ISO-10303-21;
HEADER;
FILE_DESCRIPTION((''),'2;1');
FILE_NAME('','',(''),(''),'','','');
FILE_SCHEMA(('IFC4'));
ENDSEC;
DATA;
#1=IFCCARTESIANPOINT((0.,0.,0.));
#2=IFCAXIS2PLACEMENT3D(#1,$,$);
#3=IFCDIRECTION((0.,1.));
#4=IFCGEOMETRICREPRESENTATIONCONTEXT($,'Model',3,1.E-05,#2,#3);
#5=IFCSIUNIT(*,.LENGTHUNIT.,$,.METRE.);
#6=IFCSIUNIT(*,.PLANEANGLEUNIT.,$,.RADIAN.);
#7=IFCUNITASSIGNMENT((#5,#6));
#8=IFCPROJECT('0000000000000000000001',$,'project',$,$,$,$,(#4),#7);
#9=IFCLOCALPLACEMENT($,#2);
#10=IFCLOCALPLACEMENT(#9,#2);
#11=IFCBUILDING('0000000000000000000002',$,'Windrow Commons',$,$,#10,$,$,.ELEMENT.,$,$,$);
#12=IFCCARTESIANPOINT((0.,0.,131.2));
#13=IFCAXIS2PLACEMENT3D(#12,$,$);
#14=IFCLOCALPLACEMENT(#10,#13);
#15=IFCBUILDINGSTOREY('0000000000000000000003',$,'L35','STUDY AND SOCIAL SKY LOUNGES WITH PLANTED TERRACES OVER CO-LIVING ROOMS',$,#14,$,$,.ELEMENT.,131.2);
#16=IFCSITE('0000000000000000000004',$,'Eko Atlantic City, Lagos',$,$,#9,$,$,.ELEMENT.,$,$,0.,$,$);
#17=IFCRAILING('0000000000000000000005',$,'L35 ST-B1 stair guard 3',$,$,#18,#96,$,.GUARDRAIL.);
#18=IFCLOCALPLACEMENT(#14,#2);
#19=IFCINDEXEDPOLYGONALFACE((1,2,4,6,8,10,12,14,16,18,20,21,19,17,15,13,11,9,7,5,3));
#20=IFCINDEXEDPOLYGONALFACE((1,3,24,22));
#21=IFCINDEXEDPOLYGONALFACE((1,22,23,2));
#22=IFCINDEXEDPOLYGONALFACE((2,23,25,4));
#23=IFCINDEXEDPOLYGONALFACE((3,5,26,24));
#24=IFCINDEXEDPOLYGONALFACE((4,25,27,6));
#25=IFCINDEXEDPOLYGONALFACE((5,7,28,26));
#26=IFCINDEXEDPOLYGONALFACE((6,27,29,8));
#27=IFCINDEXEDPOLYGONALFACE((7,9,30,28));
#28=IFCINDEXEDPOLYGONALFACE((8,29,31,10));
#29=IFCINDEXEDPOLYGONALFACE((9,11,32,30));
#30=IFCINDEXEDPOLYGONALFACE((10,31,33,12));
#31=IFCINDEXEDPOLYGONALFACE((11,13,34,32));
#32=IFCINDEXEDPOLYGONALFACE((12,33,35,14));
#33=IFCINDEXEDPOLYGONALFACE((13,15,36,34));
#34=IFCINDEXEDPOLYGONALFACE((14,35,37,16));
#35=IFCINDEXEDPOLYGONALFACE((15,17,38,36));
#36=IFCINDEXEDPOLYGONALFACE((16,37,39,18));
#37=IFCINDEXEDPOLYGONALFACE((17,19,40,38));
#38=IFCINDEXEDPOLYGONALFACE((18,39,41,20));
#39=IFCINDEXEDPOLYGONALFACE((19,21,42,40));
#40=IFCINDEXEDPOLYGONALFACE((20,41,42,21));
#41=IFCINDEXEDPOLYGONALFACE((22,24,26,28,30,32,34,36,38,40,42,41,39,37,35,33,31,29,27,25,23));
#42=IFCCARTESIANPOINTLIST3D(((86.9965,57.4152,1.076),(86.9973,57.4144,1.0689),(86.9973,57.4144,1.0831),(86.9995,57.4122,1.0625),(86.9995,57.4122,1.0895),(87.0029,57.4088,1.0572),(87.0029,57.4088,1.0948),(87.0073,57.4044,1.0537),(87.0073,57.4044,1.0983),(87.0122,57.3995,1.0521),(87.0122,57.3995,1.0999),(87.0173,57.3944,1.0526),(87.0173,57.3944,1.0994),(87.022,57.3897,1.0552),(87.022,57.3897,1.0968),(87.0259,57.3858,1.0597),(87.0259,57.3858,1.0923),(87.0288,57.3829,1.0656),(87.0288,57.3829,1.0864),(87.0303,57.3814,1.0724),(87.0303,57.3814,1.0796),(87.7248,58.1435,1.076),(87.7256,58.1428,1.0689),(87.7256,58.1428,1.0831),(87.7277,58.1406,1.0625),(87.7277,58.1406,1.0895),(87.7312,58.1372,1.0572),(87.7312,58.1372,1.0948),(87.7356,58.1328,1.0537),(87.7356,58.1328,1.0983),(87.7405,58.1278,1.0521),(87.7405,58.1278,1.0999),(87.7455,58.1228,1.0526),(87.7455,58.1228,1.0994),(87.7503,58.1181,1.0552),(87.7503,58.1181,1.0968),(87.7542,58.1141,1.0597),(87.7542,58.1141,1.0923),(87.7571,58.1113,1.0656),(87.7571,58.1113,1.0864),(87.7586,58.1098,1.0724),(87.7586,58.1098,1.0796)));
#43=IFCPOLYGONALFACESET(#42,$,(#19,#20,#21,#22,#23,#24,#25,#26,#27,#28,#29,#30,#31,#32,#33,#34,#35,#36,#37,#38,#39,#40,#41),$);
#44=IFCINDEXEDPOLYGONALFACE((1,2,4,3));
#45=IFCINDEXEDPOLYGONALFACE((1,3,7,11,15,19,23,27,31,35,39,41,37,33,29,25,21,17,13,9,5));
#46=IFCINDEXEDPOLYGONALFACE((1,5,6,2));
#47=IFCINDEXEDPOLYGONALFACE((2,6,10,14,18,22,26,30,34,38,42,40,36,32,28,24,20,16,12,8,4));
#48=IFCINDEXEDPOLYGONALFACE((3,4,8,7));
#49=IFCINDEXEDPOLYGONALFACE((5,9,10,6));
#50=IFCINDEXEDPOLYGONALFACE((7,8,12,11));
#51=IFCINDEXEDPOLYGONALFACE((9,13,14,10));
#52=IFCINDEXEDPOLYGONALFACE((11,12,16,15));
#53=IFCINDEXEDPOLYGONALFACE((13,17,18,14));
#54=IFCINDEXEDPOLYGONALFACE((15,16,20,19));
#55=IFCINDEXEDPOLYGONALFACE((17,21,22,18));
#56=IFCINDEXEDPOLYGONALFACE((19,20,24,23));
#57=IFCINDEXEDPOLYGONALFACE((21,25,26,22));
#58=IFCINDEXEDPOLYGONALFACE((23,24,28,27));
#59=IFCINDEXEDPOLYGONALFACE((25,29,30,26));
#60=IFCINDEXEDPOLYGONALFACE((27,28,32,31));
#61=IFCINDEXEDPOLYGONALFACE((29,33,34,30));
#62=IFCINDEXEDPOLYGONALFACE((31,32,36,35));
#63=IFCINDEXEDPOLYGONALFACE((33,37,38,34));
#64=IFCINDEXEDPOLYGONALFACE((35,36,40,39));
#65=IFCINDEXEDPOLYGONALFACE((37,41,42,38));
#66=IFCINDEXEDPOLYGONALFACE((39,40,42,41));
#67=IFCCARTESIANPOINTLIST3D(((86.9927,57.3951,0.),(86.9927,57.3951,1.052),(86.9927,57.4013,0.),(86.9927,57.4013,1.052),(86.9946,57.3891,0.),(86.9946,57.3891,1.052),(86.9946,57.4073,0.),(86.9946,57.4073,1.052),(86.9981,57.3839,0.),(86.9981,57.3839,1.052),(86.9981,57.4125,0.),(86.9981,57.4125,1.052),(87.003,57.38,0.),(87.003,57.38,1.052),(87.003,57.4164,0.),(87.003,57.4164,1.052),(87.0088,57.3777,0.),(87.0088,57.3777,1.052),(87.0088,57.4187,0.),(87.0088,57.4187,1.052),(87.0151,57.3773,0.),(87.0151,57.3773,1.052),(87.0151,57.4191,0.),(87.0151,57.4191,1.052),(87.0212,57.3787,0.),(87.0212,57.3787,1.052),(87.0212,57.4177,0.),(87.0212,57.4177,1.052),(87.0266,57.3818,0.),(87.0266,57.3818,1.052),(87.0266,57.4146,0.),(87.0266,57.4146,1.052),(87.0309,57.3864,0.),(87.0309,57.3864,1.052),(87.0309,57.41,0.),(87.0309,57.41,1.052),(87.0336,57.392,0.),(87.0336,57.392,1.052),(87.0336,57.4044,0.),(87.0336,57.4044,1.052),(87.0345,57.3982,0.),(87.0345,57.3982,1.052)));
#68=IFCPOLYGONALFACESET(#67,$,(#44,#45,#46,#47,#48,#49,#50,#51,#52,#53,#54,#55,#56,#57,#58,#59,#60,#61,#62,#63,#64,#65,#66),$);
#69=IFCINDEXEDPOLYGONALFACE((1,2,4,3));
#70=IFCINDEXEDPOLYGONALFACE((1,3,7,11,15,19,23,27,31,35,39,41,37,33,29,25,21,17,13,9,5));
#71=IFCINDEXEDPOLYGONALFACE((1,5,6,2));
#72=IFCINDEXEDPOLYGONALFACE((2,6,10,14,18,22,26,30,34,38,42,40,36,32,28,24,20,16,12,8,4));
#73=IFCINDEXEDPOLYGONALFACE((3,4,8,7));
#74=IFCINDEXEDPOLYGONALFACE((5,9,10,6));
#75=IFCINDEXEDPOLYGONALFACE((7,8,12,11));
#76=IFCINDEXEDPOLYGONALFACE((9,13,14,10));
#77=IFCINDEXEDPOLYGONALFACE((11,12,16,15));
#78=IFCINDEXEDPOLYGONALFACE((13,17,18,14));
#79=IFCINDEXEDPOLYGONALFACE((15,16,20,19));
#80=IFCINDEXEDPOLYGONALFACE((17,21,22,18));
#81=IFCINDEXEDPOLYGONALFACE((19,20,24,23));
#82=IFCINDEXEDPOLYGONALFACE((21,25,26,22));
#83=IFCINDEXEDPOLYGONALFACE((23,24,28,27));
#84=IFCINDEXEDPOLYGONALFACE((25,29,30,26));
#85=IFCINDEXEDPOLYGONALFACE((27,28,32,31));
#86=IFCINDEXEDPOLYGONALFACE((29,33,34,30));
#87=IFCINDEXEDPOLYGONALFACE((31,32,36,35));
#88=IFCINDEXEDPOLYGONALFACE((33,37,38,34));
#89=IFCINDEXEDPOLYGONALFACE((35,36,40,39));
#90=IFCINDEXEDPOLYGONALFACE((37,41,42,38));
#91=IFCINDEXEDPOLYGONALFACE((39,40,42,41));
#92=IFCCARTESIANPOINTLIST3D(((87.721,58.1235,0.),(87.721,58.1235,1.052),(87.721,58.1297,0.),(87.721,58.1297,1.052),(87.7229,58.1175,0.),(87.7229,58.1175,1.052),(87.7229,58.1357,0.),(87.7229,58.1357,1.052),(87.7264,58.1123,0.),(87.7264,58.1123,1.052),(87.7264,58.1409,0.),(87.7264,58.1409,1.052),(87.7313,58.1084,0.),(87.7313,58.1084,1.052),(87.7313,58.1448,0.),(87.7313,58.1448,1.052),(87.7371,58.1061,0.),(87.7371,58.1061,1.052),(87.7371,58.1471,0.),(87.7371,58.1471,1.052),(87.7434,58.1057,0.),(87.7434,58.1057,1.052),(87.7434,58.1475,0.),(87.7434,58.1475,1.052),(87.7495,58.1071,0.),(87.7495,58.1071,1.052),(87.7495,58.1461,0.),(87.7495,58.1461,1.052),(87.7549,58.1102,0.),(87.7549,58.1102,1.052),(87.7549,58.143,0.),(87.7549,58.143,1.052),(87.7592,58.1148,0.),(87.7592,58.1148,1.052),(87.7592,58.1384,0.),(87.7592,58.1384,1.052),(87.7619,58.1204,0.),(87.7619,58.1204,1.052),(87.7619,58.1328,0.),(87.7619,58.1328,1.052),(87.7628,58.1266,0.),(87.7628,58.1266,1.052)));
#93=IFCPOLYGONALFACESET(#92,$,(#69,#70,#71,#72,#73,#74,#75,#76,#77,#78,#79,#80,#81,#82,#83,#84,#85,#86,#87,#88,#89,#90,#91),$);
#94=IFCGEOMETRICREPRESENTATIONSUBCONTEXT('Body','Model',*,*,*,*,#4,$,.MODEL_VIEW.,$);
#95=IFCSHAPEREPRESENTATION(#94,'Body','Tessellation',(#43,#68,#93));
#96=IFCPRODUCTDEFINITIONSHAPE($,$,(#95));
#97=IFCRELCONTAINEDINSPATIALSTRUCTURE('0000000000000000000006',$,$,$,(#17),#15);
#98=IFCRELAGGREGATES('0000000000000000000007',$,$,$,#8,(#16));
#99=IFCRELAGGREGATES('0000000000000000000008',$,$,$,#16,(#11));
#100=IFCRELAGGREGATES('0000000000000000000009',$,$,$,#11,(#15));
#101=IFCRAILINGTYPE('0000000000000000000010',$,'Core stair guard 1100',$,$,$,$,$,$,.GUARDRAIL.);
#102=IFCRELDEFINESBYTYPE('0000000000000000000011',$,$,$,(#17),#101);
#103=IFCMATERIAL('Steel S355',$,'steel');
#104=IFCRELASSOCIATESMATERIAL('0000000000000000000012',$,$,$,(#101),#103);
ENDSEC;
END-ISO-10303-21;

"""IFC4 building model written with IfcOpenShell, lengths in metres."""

from ifc_helpers import new_model, si_unit, direction, frame, origin, origin_2d, place, context, subcontext, project, spatial, circle, extrude, material, type_object, element, save


model = new_model("IFC4")

# Units and contexts
model_context = context("Model", 3, precision=1e-05, world=origin(), true_north=direction((0.0, 1.0)))
body_context = subcontext(model_context, "Body", "Model", "MODEL_VIEW")
ifc_project = project(units=[si_unit("LENGTHUNIT", "METRE"), si_unit("PLANEANGLEUNIT", "RADIAN")], contexts=[model_context])

# Site, building, storey
site_placement = place(None, origin())
site = spatial("IfcSite", under=ifc_project, at=site_placement, Name="Eko Atlantic City, Lagos", CompositionType="ELEMENT", RefElevation=0.0)
building_placement = place(site_placement, origin())
building = spatial("IfcBuilding", under=site, at=building_placement, Name="Windrow Commons", CompositionType="ELEMENT")
storey_placement = place(building_placement, frame((0.0, 0.0, 131.2)))
storey = spatial("IfcBuildingStorey", under=building, at=storey_placement, Name="L35", Description="STUDY AND SOCIAL SKY LOUNGES WITH PLANTED TERRACES OVER CO-LIVING ROOMS", CompositionType="ELEMENT", Elevation=131.2)

# Railing
ifc_material_1 = material(Name="Steel S355", Category="steel")
railing_type_1 = type_object("IfcRailingType", Name="Core stair guard 1100", PredefinedType="GUARDRAIL", material=ifc_material_1)
railing_1_placement = place(storey_placement, frame((87.0135, 57.3982, 0.0)))
element("IfcRailing", 1, at=railing_1_placement, inside=storey, type_object=railing_type_1, Name="L35 ST-B1 stair guard 3", PredefinedType="GUARDRAIL", context=body_context, shape_type="SweptSolid", body=[
    extrude(circle(Radius=0.024, at=origin_2d()), frame((0.0, 0.0, 1.076), z_axis=(0.707058, 0.707155, 0.0), x_axis=(-0.707155, 0.707058, 0.0)), (0.0, 0.0, 1.0), 1.03),
    extrude(circle(Radius=0.021, at=origin_2d()), origin(), (0.0, 0.0, 1.0), 1.052),
    extrude(circle(Radius=0.021, at=origin_2d()), frame((0.7283, 0.7284, 0.0)), (0.0, 0.0, 1.0), 1.052),
])

save(model, "model.ifc")
